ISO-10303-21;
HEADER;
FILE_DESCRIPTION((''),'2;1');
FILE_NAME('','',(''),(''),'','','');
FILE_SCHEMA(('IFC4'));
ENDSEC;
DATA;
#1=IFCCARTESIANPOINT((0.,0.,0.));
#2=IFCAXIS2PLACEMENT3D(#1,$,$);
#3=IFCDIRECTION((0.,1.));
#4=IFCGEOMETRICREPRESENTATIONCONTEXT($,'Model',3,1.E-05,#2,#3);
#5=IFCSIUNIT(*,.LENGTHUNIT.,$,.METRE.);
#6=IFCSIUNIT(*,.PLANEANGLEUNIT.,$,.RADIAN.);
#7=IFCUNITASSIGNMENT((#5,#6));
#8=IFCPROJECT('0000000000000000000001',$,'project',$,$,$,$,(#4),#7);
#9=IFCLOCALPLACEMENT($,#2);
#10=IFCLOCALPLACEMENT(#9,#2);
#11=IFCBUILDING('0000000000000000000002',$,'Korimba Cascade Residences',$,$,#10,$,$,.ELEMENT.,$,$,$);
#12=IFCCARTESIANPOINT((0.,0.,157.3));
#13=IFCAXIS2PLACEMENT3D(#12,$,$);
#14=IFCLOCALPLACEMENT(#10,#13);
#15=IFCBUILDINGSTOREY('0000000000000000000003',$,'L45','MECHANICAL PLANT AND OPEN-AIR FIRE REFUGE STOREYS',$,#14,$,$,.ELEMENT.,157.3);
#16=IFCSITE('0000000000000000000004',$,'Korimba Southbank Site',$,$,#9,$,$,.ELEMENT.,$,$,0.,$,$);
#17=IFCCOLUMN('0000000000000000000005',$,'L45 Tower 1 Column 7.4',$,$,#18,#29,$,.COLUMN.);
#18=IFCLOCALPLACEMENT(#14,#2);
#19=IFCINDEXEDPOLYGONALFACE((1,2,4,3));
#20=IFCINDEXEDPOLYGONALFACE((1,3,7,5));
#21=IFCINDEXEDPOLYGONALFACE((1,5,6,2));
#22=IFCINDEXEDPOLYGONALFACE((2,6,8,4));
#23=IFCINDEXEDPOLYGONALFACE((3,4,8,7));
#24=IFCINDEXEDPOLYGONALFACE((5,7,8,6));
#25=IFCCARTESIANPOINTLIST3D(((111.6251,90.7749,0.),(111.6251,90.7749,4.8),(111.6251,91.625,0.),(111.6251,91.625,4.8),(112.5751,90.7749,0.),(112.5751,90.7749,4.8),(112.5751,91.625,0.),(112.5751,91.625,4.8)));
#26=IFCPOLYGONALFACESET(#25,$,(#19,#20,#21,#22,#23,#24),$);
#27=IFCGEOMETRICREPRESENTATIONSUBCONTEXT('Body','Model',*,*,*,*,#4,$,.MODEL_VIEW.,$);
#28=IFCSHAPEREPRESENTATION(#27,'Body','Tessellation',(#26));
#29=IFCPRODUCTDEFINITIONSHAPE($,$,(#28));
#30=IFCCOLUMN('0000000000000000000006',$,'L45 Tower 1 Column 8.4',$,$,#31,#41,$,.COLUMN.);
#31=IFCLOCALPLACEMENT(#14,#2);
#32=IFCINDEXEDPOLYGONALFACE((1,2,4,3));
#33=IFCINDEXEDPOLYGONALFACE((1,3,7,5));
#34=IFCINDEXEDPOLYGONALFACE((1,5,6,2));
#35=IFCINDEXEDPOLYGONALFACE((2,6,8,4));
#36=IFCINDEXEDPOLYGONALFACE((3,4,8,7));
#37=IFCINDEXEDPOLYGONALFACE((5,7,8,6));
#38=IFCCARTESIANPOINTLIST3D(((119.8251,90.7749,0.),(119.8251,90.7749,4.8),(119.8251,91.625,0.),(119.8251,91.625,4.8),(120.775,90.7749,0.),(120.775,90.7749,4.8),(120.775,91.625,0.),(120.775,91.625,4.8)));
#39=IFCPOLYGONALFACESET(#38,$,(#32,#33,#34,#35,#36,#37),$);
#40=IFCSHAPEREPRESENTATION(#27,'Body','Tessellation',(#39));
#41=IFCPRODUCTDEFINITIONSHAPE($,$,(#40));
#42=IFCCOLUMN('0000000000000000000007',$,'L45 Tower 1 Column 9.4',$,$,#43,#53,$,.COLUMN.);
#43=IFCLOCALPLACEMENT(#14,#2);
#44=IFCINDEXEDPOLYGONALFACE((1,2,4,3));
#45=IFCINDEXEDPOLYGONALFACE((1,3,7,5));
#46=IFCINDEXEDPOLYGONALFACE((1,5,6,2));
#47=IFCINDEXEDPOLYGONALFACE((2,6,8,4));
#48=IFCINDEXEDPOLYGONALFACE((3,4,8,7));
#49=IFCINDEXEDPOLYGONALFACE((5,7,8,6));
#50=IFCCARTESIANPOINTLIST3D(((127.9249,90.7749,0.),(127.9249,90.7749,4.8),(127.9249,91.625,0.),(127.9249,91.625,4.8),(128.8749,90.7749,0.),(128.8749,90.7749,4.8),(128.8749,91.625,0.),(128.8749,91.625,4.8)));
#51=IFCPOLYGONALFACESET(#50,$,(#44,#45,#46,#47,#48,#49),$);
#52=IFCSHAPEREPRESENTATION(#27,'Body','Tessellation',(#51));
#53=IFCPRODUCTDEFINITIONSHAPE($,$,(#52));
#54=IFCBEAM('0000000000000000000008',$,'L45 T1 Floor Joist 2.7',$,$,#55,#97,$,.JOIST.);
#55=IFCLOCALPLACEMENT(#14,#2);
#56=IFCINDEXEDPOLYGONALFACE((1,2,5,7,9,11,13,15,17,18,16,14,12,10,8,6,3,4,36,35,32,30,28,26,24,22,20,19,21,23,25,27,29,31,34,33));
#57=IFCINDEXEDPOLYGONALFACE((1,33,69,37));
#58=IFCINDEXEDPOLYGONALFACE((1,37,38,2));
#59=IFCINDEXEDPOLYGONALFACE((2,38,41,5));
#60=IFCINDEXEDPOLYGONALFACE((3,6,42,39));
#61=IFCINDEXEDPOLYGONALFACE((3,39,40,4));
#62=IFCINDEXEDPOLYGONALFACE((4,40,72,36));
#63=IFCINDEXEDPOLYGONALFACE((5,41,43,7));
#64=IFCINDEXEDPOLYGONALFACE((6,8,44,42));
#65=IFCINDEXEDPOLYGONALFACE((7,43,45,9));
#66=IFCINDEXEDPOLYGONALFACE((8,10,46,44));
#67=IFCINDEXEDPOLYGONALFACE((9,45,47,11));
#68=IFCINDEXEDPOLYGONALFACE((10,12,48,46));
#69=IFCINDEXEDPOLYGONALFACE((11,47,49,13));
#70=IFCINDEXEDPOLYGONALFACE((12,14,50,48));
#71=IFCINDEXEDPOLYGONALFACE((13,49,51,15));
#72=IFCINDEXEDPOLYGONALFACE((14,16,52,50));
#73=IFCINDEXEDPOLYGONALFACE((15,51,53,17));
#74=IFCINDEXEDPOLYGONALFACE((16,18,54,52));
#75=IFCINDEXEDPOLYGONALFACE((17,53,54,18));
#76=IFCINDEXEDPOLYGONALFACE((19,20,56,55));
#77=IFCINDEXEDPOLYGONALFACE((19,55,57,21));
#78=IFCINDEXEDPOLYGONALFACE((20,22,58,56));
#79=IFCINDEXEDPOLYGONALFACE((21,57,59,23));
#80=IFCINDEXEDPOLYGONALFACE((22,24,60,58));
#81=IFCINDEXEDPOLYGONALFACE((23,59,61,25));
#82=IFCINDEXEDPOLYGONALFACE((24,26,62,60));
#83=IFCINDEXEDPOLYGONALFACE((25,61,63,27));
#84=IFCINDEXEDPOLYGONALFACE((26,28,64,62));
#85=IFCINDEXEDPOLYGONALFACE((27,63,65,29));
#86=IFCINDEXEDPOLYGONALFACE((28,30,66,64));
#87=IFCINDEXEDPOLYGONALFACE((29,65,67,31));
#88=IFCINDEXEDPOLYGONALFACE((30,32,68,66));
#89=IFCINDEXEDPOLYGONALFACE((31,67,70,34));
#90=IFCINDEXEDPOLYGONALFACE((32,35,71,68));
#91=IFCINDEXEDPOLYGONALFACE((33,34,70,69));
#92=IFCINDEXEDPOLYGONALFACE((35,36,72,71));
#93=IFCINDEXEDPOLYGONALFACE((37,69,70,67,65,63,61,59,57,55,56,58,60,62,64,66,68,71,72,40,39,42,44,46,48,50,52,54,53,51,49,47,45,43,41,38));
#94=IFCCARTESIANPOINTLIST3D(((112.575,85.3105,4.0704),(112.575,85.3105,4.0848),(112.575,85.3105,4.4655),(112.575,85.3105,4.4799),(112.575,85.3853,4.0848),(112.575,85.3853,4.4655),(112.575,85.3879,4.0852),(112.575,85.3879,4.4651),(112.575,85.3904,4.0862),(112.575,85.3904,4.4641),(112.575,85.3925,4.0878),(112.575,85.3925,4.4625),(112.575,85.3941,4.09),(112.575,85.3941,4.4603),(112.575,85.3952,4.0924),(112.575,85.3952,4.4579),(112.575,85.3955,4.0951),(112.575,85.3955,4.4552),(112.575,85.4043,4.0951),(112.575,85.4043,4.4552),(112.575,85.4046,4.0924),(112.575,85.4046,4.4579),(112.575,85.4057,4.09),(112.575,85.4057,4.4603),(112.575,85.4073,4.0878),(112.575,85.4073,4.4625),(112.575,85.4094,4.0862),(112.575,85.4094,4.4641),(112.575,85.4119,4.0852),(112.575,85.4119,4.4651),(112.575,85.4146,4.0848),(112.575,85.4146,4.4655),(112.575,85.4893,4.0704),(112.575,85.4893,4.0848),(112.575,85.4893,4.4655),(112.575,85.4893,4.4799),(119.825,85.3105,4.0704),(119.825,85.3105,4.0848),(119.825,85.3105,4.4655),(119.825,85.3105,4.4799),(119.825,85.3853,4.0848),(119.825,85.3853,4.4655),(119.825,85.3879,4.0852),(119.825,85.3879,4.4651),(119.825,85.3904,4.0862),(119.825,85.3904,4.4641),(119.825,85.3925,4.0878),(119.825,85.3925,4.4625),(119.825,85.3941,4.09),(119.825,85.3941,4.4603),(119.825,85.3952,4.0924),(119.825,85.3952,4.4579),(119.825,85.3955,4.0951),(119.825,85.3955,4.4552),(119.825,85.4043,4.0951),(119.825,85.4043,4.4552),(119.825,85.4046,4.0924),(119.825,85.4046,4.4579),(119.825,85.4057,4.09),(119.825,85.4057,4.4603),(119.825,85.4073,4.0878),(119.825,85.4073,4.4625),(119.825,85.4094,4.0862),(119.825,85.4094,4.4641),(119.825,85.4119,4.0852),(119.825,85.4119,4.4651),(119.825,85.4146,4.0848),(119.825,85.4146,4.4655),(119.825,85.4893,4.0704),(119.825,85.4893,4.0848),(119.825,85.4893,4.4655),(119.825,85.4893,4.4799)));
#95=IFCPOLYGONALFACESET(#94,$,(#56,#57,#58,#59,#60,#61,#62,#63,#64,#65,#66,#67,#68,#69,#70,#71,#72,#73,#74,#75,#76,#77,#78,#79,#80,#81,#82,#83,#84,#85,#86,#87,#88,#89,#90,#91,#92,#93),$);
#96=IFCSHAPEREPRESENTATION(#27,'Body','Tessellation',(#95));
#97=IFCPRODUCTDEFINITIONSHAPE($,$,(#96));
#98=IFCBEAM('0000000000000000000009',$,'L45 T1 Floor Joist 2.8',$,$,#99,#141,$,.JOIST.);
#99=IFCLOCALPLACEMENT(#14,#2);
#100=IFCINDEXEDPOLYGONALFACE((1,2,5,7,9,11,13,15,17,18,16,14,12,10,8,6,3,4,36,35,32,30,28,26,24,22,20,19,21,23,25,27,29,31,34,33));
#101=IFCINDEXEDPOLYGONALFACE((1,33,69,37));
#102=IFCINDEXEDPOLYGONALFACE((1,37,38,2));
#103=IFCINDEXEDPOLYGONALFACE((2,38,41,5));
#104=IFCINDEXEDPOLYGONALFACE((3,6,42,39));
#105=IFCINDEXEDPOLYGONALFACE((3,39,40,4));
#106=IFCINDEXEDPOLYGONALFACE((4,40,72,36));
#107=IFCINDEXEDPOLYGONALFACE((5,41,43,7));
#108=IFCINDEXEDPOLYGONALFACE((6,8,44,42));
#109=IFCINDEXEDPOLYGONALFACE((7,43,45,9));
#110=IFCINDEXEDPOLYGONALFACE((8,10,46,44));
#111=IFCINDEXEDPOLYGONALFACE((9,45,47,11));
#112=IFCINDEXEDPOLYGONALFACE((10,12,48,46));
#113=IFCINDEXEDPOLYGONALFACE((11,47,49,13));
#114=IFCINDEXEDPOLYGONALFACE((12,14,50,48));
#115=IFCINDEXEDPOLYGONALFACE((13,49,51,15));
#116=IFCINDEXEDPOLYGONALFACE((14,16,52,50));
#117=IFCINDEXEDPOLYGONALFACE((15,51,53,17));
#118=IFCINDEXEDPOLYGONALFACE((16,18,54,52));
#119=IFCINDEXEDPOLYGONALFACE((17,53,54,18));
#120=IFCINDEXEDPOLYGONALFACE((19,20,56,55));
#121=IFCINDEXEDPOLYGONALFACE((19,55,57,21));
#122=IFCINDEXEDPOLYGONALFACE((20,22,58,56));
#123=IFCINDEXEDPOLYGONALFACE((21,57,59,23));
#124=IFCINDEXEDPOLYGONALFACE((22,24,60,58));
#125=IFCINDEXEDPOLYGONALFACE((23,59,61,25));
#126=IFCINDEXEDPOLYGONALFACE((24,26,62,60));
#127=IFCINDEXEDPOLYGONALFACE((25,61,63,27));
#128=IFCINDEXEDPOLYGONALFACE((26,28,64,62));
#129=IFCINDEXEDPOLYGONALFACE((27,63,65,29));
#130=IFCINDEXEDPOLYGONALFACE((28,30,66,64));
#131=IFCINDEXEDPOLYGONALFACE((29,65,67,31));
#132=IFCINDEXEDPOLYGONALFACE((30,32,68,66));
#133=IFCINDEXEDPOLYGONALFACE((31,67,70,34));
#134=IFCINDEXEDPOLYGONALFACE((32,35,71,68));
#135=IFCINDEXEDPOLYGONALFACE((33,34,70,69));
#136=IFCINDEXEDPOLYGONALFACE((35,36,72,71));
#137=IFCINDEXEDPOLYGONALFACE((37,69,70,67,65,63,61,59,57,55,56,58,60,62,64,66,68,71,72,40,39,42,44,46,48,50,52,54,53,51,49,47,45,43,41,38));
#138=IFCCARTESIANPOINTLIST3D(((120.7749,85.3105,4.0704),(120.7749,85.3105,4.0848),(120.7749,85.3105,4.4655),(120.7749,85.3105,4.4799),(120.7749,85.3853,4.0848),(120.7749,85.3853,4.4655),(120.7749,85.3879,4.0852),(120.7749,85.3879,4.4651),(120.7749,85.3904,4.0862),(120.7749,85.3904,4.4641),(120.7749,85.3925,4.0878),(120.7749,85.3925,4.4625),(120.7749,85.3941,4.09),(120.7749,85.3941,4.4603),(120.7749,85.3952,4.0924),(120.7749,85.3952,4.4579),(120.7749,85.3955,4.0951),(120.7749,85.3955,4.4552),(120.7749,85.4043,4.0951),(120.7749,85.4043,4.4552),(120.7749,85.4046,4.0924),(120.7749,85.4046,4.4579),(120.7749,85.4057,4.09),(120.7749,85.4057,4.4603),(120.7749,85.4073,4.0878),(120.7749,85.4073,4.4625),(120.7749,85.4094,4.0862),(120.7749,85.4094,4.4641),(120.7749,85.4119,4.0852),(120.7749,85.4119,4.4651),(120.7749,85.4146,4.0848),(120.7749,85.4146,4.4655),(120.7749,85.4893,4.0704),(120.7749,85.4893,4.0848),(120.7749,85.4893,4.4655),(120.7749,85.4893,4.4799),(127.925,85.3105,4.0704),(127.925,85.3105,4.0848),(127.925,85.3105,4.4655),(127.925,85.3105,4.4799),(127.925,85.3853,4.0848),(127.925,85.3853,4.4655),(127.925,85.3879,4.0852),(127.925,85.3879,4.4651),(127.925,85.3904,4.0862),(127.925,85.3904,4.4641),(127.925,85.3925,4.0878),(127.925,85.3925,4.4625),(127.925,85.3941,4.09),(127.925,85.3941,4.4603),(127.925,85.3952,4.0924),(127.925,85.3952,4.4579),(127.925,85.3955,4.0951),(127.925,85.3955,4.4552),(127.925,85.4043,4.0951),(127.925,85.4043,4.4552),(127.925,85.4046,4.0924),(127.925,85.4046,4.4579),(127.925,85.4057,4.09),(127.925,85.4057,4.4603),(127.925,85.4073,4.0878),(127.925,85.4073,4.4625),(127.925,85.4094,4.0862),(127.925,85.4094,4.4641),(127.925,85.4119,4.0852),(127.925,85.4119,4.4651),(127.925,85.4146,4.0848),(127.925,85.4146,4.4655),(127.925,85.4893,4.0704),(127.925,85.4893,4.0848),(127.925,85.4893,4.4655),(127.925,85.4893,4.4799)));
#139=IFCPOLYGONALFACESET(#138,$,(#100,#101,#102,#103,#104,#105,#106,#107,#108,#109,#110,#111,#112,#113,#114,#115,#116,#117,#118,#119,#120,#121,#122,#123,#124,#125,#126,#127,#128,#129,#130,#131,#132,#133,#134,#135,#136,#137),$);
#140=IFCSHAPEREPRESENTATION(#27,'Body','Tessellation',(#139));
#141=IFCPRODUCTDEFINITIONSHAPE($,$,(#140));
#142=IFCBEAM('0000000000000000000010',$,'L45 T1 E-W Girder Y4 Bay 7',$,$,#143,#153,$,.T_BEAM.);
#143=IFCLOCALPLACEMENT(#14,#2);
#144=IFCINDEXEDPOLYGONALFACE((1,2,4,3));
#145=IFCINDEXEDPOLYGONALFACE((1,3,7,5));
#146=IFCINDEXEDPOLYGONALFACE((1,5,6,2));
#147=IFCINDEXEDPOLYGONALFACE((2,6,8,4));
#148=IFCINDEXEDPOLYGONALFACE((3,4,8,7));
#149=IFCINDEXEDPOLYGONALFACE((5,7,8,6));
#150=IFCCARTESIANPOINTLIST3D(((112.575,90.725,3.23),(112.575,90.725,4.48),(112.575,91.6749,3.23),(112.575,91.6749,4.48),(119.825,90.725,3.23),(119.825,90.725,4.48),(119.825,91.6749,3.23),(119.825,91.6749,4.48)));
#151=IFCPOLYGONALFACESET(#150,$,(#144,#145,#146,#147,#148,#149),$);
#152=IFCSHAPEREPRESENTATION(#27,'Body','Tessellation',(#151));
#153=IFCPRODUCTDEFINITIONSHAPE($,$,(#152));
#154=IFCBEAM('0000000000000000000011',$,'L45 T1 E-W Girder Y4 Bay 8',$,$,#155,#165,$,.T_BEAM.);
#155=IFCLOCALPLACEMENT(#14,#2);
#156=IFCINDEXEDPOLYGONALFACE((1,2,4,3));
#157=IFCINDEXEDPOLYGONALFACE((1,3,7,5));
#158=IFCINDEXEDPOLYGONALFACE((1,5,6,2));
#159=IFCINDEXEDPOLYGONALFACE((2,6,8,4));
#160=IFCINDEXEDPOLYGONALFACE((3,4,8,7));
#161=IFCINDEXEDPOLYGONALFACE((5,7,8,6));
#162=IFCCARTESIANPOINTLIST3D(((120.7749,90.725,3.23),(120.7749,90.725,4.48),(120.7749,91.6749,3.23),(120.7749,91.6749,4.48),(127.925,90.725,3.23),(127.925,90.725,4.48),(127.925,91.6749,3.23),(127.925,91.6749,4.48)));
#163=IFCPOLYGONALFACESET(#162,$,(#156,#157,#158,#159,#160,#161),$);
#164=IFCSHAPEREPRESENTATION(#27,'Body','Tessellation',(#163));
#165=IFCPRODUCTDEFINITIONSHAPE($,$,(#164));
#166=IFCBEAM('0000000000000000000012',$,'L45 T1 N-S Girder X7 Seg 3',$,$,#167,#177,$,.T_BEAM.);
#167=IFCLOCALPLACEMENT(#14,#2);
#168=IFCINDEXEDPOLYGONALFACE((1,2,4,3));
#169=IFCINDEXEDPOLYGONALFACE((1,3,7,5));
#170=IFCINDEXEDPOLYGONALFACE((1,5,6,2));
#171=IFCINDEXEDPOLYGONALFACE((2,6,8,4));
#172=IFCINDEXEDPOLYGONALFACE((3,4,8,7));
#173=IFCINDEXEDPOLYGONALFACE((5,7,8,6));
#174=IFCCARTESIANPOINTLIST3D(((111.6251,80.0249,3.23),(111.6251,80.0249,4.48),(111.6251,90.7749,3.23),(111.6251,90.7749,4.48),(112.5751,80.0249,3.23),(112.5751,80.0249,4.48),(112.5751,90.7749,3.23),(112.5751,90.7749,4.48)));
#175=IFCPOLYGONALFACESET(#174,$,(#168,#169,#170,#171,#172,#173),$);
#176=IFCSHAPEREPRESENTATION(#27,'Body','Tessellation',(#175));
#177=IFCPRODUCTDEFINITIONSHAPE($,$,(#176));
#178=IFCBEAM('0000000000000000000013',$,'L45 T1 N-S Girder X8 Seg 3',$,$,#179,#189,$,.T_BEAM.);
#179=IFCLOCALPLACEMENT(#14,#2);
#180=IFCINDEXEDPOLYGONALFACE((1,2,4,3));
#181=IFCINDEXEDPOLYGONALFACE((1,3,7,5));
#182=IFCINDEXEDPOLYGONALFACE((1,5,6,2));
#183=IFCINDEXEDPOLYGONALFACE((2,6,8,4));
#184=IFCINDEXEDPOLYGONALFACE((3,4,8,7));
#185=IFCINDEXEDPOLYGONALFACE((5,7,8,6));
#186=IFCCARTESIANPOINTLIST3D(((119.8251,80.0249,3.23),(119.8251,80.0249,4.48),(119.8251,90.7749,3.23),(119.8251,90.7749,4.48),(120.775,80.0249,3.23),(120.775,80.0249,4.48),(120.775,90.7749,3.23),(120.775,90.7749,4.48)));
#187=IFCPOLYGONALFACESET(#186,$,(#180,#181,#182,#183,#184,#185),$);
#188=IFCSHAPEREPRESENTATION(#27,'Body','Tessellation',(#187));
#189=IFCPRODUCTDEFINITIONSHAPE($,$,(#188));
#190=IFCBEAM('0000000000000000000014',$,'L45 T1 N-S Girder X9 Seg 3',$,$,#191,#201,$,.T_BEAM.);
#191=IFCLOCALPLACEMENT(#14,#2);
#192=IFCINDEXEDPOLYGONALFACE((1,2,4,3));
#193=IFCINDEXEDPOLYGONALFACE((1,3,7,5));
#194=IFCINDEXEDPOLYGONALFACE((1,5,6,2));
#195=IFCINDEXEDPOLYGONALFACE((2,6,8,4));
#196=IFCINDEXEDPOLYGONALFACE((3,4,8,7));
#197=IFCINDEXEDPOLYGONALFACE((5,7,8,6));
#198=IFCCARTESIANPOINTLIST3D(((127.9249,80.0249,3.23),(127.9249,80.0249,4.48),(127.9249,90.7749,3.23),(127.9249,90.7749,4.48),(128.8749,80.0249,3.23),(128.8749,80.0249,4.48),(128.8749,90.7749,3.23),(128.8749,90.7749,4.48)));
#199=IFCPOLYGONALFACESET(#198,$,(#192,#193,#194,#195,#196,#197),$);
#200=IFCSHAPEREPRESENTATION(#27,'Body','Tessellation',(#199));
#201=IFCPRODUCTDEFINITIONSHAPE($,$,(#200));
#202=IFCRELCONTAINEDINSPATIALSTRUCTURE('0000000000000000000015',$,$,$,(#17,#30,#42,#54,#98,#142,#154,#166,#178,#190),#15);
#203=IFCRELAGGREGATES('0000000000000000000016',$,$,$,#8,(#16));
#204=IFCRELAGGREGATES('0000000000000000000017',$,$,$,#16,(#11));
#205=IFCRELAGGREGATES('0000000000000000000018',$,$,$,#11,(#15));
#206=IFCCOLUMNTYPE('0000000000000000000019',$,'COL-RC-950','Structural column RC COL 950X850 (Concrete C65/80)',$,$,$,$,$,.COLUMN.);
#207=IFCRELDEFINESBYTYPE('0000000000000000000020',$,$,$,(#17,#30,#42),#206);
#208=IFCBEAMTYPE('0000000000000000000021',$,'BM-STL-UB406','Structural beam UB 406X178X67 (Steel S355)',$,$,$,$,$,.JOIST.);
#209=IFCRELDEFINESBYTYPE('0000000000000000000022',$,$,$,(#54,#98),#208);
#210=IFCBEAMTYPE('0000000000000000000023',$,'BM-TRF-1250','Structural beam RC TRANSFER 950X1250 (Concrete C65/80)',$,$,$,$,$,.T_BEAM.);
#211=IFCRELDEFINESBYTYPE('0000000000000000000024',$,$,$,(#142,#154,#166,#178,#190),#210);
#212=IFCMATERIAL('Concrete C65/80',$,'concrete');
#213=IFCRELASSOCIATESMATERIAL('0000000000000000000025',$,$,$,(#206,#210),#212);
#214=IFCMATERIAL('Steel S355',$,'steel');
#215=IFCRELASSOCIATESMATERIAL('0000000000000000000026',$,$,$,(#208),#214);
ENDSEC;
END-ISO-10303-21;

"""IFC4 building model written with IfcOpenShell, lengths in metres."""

from ifc_helpers import new_model, si_unit, direction, frame, origin, origin_2d, place, context, subcontext, project, spatial, rectangle, i_section, extrude, material, material_profile, profile_set, type_object, element, save


model = new_model("IFC4")

# Units and contexts
model_context = context("Model", 3, precision=1e-05, world=origin(), true_north=direction((0.0, 1.0)))
body_context = subcontext(model_context, "Body", "Model", "MODEL_VIEW")
ifc_project = project(units=[si_unit("LENGTHUNIT", "METRE"), si_unit("PLANEANGLEUNIT", "RADIAN")], contexts=[model_context])

# Site, building, storey
site_placement = place(None, origin())
site = spatial("IfcSite", under=ifc_project, at=site_placement, Name="Korimba Southbank Site", CompositionType="ELEMENT", RefElevation=0.0)
building_placement = place(site_placement, origin())
building = spatial("IfcBuilding", under=site, at=building_placement, Name="Korimba Cascade Residences", CompositionType="ELEMENT")
storey_placement = place(building_placement, frame((0.0, 0.0, 157.3)))
storey = spatial("IfcBuildingStorey", under=building, at=storey_placement, Name="L45", Description="MECHANICAL PLANT AND OPEN-AIR FIRE REFUGE STOREYS", CompositionType="ELEMENT", Elevation=157.3)

# Columns
ifc_material_1 = material(Name="Concrete C65/80", Category="concrete")
ifc_material_profile_1 = material_profile(ifc_material_1, rectangle(XDim=0.95, YDim=0.8501, at=origin_2d()), Name="Concrete C65/80")
ifc_profile_set_1 = profile_set([ifc_material_profile_1], Name="Concrete C65/80")
column_type = type_object("IfcColumnType", Name="COL-RC-950", Description="Structural column RC COL 950X850 (Concrete C65/80)", PredefinedType="COLUMN", material=ifc_profile_set_1)
for number, where, z_axis, x_axis, name in (
    (1, (112.1001, 91.2, 0.0), (0.0, 0.0, 1.0), (1.0, 0.0, 0.0), "L45 Tower 1 Column 7.4"),
    (2, (120.3, 91.2, 0.0), (0.0, 0.0, 1.0), (1.0, 0.0, 0.0), "L45 Tower 1 Column 8.4"),
    (3, (128.3999, 91.2, 0.0), (0.0, 0.0, 1.0), (1.0, 0.0, 0.0), "L45 Tower 1 Column 9.4"),
):
    element("IfcColumn", number, at=place(storey_placement, frame(where, z_axis=z_axis, x_axis=x_axis)), inside=storey, type_object=column_type, Name=name, PredefinedType="COLUMN", context=body_context, shape_type="SweptSolid", body=[
        extrude(rectangle(XDim=0.95, YDim=0.8501, at=origin_2d()), origin(), (0.0, 0.0, 1.0), 4.8),
    ])

# Beams
ifc_material_2 = material(Name="Steel S355", Category="steel")
ifc_material_profile_2 = material_profile(ifc_material_2, i_section(OverallWidth=0.1787, OverallDepth=0.4094, WebThickness=0.0088, FlangeThickness=0.0144, FilletRadius=0.0103, at=origin_2d()), Name="Steel S355")
ifc_profile_set_2 = profile_set([ifc_material_profile_2], Name="Steel S355")
beam_type_1 = type_object("IfcBeamType", Name="BM-STL-UB406", Description="Structural beam UB 406X178X67 (Steel S355)", PredefinedType="JOIST", material=ifc_profile_set_2)
beam_1_placement = place(storey_placement, frame((112.575, 85.3999, 4.2751), z_axis=(1.0, 0.0, 0.0), x_axis=(0.0, 1.0, 0.0)))
element("IfcBeam", 4, at=beam_1_placement, inside=storey, type_object=beam_type_1, Name="L45 T1 Floor Joist 2.7", PredefinedType="JOIST", context=body_context, shape_type="SweptSolid", body=[
    extrude(i_section(OverallWidth=0.1787, OverallDepth=0.4094, WebThickness=0.0088, FlangeThickness=0.0144, FilletRadius=0.0103, at=origin_2d()), origin(), (0.0, 0.0, 1.0), 7.25),
])
beam_2_placement = place(storey_placement, frame((120.7749, 85.3999, 4.2751), z_axis=(1.0, 0.0, 0.0), x_axis=(0.0, 1.0, 0.0)))
element("IfcBeam", 5, at=beam_2_placement, inside=storey, type_object=beam_type_1, Name="L45 T1 Floor Joist 2.8", PredefinedType="JOIST", context=body_context, shape_type="SweptSolid", body=[
    extrude(i_section(OverallWidth=0.1787, OverallDepth=0.4094, WebThickness=0.0088, FlangeThickness=0.0144, FilletRadius=0.0103, at=origin_2d()), origin(), (0.0, 0.0, 1.0), 7.1501),
])
ifc_material_profile_3 = material_profile(ifc_material_1, rectangle(XDim=0.95, YDim=1.25, at=origin_2d()), Name="Concrete C65/80")
ifc_profile_set_3 = profile_set([ifc_material_profile_3], Name="Concrete C65/80")
beam_type_2 = type_object("IfcBeamType", Name="BM-TRF-1250", Description="Structural beam RC TRANSFER 950X1250 (Concrete C65/80)", PredefinedType="T_BEAM", material=ifc_profile_set_3)
beam_3_placement = place(storey_placement, frame((112.575, 91.2, 3.855), z_axis=(1.0, 0.0, 0.0), x_axis=(0.0, 1.0, 0.0)))
element("IfcBeam", 6, at=beam_3_placement, inside=storey, type_object=beam_type_2, Name="L45 T1 E-W Girder Y4 Bay 7", PredefinedType="T_BEAM", context=body_context, shape_type="SweptSolid", body=[
    extrude(rectangle(XDim=0.95, YDim=1.25, at=origin_2d()), origin(), (0.0, 0.0, 1.0), 7.25),
])
beam_4_placement = place(storey_placement, frame((120.7749, 91.2, 3.855), z_axis=(1.0, 0.0, 0.0), x_axis=(0.0, 1.0, 0.0)))
element("IfcBeam", 7, at=beam_4_placement, inside=storey, type_object=beam_type_2, Name="L45 T1 E-W Girder Y4 Bay 8", PredefinedType="T_BEAM", context=body_context, shape_type="SweptSolid", body=[
    extrude(rectangle(XDim=0.95, YDim=1.25, at=origin_2d()), origin(), (0.0, 0.0, 1.0), 7.1501),
])
for number, where, z_axis, x_axis, name in (
    (8, (112.1001, 80.0249, 3.855), (0.0, 1.0, 0.0), (-1.0, 0.0, 0.0), "L45 T1 N-S Girder X7 Seg 3"),
    (9, (120.3, 80.0249, 3.855), (0.0, 1.0, 0.0), (-1.0, 0.0, 0.0), "L45 T1 N-S Girder X8 Seg 3"),
    (10, (128.3999, 80.0249, 3.855), (0.0, 1.0, 0.0), (-1.0, 0.0, 0.0), "L45 T1 N-S Girder X9 Seg 3"),
):
    element("IfcBeam", number, at=place(storey_placement, frame(where, z_axis=z_axis, x_axis=x_axis)), inside=storey, type_object=beam_type_2, Name=name, PredefinedType="T_BEAM", context=body_context, shape_type="SweptSolid", body=[
        extrude(rectangle(XDim=0.95, YDim=1.25, at=origin_2d()), origin(), (0.0, 0.0, 1.0), 10.75),
    ])

save(model, "model.ifc")
